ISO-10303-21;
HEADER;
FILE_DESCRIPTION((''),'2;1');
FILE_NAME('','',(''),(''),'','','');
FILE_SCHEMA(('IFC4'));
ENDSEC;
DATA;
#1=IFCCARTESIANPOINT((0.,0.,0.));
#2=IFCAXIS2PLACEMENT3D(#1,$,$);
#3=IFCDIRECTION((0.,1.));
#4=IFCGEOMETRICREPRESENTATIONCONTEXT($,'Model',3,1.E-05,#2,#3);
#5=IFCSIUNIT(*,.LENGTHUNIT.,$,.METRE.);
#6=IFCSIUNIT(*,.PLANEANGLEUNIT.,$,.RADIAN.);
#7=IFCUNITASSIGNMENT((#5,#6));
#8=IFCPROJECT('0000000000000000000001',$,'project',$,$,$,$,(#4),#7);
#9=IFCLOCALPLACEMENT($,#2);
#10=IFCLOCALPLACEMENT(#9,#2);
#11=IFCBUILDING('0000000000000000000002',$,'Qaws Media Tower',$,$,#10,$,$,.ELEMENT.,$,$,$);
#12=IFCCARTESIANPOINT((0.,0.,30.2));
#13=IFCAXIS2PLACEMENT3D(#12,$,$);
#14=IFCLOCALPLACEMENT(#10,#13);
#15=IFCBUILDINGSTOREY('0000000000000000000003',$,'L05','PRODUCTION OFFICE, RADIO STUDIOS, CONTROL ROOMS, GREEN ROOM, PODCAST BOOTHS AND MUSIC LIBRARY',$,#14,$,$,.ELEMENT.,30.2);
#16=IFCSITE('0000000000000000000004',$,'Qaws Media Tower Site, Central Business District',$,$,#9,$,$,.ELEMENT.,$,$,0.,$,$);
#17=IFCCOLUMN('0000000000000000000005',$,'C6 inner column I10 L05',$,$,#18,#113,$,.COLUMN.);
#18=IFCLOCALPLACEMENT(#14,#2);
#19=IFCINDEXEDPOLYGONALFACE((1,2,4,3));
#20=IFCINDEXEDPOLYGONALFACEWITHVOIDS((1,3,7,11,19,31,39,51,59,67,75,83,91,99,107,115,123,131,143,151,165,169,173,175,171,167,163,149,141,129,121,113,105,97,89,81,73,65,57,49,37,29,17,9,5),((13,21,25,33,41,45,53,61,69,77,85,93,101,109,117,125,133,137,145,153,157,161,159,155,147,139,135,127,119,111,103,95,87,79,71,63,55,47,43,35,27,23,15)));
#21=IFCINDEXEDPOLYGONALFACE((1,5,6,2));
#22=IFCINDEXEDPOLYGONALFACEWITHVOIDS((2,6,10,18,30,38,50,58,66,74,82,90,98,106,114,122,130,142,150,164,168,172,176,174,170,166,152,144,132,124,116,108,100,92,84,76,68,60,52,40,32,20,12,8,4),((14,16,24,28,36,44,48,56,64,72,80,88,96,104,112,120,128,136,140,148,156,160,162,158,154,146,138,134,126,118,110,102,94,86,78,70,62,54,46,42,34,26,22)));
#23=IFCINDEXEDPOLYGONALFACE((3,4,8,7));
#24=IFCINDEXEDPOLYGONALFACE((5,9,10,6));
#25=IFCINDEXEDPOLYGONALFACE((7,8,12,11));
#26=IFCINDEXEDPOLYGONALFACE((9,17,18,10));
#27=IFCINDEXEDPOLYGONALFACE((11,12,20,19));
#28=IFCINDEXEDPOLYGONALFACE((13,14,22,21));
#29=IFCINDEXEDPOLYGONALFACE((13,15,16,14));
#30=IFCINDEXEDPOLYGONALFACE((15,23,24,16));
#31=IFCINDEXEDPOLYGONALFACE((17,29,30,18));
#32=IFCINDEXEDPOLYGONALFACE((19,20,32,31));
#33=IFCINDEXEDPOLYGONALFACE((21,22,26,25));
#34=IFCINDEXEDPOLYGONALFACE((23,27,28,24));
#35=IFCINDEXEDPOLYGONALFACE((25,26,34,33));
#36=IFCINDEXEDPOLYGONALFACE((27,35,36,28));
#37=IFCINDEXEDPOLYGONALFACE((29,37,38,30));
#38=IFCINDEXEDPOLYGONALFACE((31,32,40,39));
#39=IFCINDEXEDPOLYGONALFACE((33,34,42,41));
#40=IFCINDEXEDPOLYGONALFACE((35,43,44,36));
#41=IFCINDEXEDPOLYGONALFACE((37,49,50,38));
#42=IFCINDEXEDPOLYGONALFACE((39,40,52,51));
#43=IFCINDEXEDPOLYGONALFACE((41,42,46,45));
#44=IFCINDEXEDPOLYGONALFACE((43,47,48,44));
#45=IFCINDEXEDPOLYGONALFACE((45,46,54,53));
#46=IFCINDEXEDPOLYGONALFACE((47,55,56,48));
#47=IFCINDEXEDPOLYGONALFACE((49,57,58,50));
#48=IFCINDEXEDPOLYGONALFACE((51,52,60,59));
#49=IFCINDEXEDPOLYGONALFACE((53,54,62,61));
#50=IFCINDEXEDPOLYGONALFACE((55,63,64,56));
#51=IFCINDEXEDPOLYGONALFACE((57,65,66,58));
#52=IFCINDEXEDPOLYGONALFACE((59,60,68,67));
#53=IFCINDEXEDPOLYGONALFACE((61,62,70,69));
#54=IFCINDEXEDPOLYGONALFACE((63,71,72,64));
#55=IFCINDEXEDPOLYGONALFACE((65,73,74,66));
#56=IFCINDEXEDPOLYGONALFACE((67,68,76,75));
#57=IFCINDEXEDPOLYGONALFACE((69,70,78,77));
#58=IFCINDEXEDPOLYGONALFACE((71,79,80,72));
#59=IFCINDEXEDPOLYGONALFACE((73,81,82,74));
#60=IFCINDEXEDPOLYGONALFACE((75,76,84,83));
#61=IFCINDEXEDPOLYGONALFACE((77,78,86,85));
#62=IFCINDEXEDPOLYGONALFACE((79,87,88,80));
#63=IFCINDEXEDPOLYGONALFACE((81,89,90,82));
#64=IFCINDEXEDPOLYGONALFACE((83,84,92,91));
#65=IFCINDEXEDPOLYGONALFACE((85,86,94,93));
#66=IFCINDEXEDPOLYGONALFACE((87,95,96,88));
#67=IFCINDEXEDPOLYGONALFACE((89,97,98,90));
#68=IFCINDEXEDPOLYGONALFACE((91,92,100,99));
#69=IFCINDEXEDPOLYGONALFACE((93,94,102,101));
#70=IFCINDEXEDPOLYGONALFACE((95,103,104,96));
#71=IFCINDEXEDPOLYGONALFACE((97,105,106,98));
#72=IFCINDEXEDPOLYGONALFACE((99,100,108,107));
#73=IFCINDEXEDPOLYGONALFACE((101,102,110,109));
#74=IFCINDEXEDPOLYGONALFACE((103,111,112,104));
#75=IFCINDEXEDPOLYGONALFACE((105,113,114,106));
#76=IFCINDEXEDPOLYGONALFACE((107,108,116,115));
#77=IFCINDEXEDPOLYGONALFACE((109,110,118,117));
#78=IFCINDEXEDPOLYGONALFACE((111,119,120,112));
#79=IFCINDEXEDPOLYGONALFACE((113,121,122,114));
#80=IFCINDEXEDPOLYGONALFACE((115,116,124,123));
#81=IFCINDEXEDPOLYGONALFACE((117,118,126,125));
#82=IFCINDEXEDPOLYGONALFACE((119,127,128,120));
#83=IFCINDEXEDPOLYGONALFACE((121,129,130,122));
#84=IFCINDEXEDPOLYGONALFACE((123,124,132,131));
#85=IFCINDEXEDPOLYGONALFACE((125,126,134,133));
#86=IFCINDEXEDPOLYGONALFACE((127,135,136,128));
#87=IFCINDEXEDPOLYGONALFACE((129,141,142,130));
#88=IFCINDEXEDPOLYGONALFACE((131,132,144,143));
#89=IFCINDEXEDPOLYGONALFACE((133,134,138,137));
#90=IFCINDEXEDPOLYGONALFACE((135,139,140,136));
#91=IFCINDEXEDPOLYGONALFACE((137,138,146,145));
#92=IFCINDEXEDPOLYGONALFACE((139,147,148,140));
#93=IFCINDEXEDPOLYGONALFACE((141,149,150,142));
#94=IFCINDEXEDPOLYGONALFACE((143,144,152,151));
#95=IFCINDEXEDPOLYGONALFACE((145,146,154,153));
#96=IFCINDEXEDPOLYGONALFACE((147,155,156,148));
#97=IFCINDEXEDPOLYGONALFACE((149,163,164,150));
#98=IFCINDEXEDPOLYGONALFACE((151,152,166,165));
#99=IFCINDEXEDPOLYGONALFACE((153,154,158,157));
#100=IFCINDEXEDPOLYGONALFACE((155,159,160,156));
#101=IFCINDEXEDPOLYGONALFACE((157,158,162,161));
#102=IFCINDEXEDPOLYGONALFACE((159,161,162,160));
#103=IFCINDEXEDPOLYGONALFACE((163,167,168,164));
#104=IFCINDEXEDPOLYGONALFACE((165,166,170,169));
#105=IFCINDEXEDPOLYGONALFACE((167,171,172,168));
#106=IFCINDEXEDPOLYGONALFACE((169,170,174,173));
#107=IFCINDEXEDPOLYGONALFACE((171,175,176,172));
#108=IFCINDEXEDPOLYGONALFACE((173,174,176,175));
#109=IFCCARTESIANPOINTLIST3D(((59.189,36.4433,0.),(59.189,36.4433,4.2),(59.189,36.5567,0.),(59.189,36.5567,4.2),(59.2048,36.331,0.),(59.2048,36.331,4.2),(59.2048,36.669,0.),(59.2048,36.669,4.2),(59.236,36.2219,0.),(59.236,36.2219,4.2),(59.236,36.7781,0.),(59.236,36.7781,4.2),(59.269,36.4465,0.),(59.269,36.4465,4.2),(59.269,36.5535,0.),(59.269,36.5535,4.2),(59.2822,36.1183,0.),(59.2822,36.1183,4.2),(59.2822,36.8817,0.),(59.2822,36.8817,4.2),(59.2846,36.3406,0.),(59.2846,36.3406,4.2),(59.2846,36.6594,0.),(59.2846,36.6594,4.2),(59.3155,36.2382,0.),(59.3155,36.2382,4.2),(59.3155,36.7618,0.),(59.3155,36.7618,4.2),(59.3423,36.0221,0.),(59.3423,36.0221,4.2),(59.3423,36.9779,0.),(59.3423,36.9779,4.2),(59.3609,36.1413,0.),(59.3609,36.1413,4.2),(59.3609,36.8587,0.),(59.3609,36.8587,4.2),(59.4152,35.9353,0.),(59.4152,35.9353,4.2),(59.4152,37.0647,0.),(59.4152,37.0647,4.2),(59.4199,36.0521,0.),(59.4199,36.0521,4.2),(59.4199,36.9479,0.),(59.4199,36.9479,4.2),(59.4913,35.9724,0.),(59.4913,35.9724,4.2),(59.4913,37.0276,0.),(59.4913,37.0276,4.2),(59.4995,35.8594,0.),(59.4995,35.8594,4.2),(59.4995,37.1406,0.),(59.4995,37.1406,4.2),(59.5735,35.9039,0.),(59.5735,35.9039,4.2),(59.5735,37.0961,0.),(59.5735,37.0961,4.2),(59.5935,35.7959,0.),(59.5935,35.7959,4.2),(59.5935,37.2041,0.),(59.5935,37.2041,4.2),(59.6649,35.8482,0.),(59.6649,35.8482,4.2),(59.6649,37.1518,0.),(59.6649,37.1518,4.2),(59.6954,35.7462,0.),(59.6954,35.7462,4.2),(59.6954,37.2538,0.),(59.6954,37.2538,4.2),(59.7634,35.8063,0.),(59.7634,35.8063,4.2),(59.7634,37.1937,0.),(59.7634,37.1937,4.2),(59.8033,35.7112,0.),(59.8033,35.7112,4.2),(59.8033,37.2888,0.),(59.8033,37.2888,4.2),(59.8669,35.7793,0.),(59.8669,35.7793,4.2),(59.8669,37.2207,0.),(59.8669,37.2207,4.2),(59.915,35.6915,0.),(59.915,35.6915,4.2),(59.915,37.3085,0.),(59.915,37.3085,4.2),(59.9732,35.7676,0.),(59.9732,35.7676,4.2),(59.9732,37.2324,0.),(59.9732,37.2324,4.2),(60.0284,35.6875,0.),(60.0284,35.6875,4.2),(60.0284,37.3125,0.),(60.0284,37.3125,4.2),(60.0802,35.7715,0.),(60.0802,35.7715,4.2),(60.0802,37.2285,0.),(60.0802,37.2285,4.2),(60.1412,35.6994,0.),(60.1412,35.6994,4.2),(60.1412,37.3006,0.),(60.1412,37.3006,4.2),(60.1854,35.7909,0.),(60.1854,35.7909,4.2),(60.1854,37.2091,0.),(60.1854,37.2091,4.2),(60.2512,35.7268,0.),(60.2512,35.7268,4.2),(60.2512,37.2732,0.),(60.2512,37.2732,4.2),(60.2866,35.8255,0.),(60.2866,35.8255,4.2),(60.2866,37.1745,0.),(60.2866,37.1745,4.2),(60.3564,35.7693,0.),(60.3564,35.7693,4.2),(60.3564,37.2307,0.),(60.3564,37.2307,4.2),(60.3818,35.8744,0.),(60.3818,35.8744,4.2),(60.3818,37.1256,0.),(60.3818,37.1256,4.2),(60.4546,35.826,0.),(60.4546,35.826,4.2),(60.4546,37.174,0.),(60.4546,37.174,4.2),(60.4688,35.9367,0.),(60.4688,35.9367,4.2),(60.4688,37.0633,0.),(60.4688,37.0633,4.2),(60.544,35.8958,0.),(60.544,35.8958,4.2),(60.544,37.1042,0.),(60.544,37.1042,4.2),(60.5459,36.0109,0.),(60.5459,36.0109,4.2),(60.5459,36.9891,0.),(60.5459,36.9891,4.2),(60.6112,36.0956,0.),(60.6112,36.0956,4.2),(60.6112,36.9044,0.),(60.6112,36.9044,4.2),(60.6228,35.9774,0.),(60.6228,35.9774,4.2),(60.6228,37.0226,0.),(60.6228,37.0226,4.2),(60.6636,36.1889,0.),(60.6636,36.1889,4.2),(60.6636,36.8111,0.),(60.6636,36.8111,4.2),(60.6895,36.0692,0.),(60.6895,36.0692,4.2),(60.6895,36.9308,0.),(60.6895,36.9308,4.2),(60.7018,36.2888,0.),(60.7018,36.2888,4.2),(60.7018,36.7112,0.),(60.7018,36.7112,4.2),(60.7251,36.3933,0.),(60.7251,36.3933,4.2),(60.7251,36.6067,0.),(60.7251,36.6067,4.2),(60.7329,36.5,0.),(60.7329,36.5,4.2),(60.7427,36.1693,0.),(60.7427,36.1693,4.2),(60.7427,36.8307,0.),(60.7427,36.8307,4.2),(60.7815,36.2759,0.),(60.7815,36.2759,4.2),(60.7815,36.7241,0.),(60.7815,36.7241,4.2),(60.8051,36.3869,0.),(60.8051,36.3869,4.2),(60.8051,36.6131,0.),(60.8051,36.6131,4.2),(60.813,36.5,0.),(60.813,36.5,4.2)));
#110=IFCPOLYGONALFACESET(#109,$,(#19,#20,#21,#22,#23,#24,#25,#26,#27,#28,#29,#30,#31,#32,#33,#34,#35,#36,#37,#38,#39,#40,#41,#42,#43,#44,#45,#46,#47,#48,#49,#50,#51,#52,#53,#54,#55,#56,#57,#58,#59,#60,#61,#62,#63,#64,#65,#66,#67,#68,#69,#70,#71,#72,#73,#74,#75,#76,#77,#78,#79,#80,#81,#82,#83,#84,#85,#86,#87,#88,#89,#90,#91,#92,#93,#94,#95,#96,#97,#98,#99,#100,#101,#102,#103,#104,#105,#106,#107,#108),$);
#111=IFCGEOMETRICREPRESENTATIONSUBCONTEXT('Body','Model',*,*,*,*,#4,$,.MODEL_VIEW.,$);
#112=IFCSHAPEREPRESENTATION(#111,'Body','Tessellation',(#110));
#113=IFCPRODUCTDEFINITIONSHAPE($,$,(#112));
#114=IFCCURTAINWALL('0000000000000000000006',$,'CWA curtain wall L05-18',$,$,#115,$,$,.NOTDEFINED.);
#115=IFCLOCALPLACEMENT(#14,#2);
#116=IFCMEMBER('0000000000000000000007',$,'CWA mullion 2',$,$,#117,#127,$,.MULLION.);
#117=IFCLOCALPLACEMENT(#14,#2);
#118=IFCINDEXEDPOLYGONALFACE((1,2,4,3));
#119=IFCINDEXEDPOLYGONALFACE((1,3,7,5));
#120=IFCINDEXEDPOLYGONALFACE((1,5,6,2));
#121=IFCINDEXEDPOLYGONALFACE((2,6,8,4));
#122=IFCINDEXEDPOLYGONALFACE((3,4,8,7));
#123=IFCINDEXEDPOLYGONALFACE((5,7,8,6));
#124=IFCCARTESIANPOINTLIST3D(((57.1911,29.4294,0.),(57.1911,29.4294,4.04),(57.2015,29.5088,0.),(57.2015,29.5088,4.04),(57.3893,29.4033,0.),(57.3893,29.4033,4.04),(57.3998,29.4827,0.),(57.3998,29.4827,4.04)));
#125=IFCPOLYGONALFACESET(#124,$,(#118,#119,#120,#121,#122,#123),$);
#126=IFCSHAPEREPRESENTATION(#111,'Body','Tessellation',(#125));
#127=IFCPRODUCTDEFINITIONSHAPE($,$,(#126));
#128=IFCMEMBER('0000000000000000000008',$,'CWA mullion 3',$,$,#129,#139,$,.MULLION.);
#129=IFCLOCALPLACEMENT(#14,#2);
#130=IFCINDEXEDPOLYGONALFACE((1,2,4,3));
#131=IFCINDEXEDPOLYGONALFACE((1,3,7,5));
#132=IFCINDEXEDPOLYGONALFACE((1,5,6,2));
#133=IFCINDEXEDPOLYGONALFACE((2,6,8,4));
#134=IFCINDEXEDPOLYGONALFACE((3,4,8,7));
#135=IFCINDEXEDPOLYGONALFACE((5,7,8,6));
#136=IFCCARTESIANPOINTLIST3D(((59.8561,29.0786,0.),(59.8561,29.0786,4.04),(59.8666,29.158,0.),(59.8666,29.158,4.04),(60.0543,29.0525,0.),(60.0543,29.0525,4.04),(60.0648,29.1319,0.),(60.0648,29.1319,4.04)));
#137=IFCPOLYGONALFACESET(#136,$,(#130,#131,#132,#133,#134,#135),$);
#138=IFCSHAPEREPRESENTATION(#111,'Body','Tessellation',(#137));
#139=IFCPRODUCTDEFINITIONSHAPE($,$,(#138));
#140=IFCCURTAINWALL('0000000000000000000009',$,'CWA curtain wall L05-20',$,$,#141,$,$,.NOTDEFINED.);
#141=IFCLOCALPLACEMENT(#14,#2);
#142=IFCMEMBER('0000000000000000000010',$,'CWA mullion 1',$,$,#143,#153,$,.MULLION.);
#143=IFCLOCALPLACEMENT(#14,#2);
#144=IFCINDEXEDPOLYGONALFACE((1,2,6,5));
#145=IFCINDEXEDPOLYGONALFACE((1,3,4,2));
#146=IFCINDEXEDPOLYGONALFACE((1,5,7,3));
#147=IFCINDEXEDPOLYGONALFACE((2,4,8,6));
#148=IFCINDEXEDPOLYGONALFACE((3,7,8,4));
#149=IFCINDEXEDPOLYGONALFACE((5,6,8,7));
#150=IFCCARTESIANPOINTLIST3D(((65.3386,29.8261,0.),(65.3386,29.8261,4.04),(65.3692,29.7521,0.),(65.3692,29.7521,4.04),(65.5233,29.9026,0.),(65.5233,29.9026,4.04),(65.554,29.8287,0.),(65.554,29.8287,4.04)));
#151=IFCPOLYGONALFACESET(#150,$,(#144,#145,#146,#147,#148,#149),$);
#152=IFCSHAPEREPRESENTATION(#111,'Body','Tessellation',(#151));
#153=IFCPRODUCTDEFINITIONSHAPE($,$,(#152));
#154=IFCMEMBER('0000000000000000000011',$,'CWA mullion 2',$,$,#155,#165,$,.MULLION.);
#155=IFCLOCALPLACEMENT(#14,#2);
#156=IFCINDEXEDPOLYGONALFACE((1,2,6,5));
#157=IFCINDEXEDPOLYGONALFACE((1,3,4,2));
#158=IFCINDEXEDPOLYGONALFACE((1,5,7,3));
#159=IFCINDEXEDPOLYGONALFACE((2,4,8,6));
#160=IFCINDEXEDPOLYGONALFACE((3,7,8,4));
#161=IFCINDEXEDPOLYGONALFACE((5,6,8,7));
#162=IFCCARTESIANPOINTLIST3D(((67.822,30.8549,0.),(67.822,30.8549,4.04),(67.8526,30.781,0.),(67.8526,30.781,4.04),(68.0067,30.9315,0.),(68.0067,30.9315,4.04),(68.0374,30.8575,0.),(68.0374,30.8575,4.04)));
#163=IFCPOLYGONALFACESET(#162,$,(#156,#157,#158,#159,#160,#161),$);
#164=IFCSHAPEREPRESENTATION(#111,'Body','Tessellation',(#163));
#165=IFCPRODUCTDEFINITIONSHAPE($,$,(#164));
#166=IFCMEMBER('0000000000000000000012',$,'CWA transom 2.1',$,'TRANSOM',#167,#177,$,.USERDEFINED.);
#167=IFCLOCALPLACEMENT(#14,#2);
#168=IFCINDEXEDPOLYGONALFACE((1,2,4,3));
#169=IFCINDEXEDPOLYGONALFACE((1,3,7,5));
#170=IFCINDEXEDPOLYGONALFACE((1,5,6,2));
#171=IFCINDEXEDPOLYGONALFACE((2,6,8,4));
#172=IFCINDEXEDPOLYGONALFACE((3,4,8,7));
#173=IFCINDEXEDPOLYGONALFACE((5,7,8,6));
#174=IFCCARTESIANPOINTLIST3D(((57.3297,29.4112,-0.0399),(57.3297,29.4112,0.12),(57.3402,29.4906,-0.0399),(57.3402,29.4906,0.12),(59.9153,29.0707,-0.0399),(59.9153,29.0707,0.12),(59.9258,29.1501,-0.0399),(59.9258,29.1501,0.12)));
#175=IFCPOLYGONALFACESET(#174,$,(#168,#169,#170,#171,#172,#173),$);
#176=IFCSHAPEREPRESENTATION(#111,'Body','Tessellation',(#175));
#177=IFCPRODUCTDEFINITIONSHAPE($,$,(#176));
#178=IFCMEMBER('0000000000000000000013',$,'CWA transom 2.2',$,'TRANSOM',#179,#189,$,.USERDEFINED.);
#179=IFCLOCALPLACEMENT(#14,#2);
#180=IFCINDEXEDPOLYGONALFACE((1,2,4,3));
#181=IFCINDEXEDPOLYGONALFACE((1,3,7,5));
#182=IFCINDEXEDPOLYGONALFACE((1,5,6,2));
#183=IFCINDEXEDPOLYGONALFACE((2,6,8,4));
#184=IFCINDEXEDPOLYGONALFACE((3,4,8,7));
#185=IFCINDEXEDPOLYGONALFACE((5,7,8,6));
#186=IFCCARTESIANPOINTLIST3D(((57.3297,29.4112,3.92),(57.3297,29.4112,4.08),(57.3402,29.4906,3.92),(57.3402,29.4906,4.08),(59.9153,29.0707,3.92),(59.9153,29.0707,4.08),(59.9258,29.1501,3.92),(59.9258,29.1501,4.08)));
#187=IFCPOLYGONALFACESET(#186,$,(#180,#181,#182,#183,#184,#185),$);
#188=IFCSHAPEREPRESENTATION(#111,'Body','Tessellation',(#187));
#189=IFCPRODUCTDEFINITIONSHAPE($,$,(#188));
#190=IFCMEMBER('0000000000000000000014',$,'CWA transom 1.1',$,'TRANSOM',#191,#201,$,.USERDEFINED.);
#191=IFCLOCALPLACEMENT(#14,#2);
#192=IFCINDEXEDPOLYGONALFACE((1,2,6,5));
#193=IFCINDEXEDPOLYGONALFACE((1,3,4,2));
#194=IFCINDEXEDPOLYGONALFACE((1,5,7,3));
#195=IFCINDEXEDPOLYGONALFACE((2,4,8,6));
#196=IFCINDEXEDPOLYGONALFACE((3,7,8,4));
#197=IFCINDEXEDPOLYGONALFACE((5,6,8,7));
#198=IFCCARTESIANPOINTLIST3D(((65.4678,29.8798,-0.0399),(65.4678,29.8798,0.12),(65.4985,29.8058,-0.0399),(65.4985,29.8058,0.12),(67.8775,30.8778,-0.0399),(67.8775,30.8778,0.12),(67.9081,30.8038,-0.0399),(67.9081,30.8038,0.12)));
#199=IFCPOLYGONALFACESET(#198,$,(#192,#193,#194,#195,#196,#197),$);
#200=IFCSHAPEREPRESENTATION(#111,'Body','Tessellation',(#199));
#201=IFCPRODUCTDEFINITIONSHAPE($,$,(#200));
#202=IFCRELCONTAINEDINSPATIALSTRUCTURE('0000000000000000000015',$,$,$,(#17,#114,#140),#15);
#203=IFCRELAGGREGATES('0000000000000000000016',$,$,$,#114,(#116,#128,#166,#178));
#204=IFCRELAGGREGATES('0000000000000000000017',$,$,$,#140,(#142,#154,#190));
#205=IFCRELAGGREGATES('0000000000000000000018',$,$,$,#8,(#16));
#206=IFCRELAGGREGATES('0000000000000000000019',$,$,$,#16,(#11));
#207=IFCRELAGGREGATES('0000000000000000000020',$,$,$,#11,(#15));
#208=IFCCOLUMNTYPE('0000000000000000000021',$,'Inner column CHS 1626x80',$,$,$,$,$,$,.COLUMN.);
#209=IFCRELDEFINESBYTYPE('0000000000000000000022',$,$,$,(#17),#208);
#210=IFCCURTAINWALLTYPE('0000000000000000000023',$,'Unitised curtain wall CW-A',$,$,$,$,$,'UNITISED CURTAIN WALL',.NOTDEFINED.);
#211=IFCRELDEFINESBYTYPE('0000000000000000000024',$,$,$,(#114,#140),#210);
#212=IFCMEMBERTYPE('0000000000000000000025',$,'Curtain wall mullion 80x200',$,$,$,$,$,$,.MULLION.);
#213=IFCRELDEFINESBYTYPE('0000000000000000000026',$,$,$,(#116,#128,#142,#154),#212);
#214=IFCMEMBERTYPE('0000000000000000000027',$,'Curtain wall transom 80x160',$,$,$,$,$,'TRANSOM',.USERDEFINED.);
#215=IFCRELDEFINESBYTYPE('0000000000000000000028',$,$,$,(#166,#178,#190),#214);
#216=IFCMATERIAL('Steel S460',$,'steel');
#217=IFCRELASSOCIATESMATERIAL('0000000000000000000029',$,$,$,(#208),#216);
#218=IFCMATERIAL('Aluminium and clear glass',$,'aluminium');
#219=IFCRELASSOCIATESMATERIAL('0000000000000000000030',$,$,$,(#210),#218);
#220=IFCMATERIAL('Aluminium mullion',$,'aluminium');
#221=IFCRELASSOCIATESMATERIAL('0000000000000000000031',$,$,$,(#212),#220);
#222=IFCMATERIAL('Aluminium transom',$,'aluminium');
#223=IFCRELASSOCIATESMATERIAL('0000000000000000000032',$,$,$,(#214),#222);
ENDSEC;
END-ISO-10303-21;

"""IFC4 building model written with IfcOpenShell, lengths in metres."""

from ifc_helpers import new_model, si_unit, direction, frame, origin, origin_2d, place, context, subcontext, project, spatial, rectangle, hollow_circle, extrude, material, material_profile, profile_set, type_object, element, aggregate, save


model = new_model("IFC4")

# Units and contexts
model_context = context("Model", 3, precision=1e-05, world=origin(), true_north=direction((0.0, 1.0)))
body_context = subcontext(model_context, "Body", "Model", "MODEL_VIEW")
ifc_project = project(units=[si_unit("LENGTHUNIT", "METRE"), si_unit("PLANEANGLEUNIT", "RADIAN")], contexts=[model_context])

# Site, building, storey
site_placement = place(None, origin())
site = spatial("IfcSite", under=ifc_project, at=site_placement, Name="Qaws Media Tower Site, Central Business District", CompositionType="ELEMENT", RefElevation=0.0)
building_placement = place(site_placement, origin())
building = spatial("IfcBuilding", under=site, at=building_placement, Name="Qaws Media Tower", CompositionType="ELEMENT")
storey_placement = place(building_placement, frame((0.0, 0.0, 30.2)))
storey = spatial("IfcBuildingStorey", under=building, at=storey_placement, Name="L05", Description="PRODUCTION OFFICE, RADIO STUDIOS, CONTROL ROOMS, GREEN ROOM, PODCAST BOOTHS AND MUSIC LIBRARY", CompositionType="ELEMENT", Elevation=30.2)

# Column
ifc_material_1 = material(Name="Steel S460", Category="steel")
ifc_material_profile_1 = material_profile(ifc_material_1, hollow_circle(Radius=0.813, WallThickness=0.0801, at=origin_2d()), Name="CHS 1626x80")
ifc_profile_set_1 = profile_set([ifc_material_profile_1], Name="Steel S460")
column_type = type_object("IfcColumnType", Name="Inner column CHS 1626x80", PredefinedType="COLUMN", material=ifc_profile_set_1)
column_placement = place(storey_placement, frame((60.0, 36.5, 0.0), z_axis=(0.0, 0.0, 1.0), x_axis=(1.0, 0.0, 0.0)))
element("IfcColumn", 1, at=column_placement, inside=storey, type_object=column_type, Name="C6 inner column I10 L05", PredefinedType="COLUMN", context=body_context, shape_type="SweptSolid", body=[
    extrude(hollow_circle(Radius=0.813, WallThickness=0.0801, at=origin_2d()), origin(), (0.0, 0.0, 1.0), 4.2),
])

# Curtain walls, members
ifc_material_2 = material(Name="Aluminium and clear glass", Category="aluminium")
curtain_wall_type = type_object("IfcCurtainWallType", Name="Unitised curtain wall CW-A", ElementType="UNITISED CURTAIN WALL", PredefinedType="NOTDEFINED", material=ifc_material_2)
curtain_wall_1_placement = place(storey_placement, origin())
curtain_wall_1 = element("IfcCurtainWall", 2, at=curtain_wall_1_placement, inside=storey, type_object=curtain_wall_type, Name="CWA curtain wall L05-18", PredefinedType="NOTDEFINED")
ifc_material_3 = material(Name="Aluminium mullion", Category="aluminium")
ifc_material_profile_2 = material_profile(ifc_material_3, rectangle(XDim=0.0801, YDim=0.2, at=origin_2d()), Name="80x200")
ifc_profile_set_2 = profile_set([ifc_material_profile_2], Name="Aluminium mullion")
member_type_1 = type_object("IfcMemberType", Name="Curtain wall mullion 80x200", PredefinedType="MULLION", material=ifc_profile_set_2)
member_1_placement = place(storey_placement, frame((57.2954, 29.4561, 0.0), z_axis=(0.0, 0.0, 1.0), x_axis=(0.130526, 0.991445, 0.0)))
member_1 = element("IfcMember", 3, at=member_1_placement, type_object=member_type_1, Name="CWA mullion 2", PredefinedType="MULLION", context=body_context, shape_type="SweptSolid", body=[
    extrude(rectangle(XDim=0.0801, YDim=0.2, at=origin_2d()), origin(), (0.0, 0.0, 1.0), 4.04),
])
member_2_placement = place(storey_placement, frame((59.9604, 29.1052, 0.0), z_axis=(0.0, 0.0, 1.0), x_axis=(0.130526, 0.991445, 0.0)))
member_2 = element("IfcMember", 4, at=member_2_placement, type_object=member_type_1, Name="CWA mullion 3", PredefinedType="MULLION", context=body_context, shape_type="SweptSolid", body=[
    extrude(rectangle(XDim=0.0801, YDim=0.2, at=origin_2d()), origin(), (0.0, 0.0, 1.0), 4.04),
])
curtain_wall_2_placement = place(storey_placement, origin())
curtain_wall_2 = element("IfcCurtainWall", 5, at=curtain_wall_2_placement, inside=storey, type_object=curtain_wall_type, Name="CWA curtain wall L05-20", PredefinedType="NOTDEFINED")
member_3_placement = place(storey_placement, frame((65.4463, 29.8274, 0.0), z_axis=(0.0, 0.0, 1.0), x_axis=(-0.382683, 0.92388, 0.0)))
member_3 = element("IfcMember", 6, at=member_3_placement, type_object=member_type_1, Name="CWA mullion 1", PredefinedType="MULLION", context=body_context, shape_type="SweptSolid", body=[
    extrude(rectangle(XDim=0.0801, YDim=0.2, at=origin_2d()), origin(), (0.0, 0.0, 1.0), 4.04),
])
member_4_placement = place(storey_placement, frame((67.9297, 30.8562, 0.0), z_axis=(0.0, 0.0, 1.0), x_axis=(-0.382683, 0.92388, 0.0)))
member_4 = element("IfcMember", 7, at=member_4_placement, type_object=member_type_1, Name="CWA mullion 2", PredefinedType="MULLION", context=body_context, shape_type="SweptSolid", body=[
    extrude(rectangle(XDim=0.0801, YDim=0.2, at=origin_2d()), origin(), (0.0, 0.0, 1.0), 4.04),
])

# Members
ifc_material_4 = material(Name="Aluminium transom", Category="aluminium")
ifc_material_profile_3 = material_profile(ifc_material_4, rectangle(XDim=0.0801, YDim=0.1599, at=origin_2d()), Name="80x160")
ifc_profile_set_3 = profile_set([ifc_material_profile_3], Name="Aluminium transom")
member_type_2 = type_object("IfcMemberType", Name="Curtain wall transom 80x160", ElementType="TRANSOM", PredefinedType="USERDEFINED", material=ifc_profile_set_3)
member_5_placement = place(storey_placement, frame((57.335, 29.4509, 0.04), z_axis=(0.991437, -0.130588, 0.0), x_axis=(0.130588, 0.991437, 0.0)))
member_5 = element("IfcMember", 8, at=member_5_placement, type_object=member_type_2, Name="CWA transom 2.1", ObjectType="TRANSOM", PredefinedType="USERDEFINED", context=body_context, shape_type="SweptSolid", body=[
    extrude(rectangle(XDim=0.0801, YDim=0.1599, at=origin_2d()), origin(), (0.0, 0.0, 1.0), 2.6079),
])
member_6_placement = place(storey_placement, frame((57.335, 29.4509, 4.0), z_axis=(0.991437, -0.130588, 0.0), x_axis=(0.130588, 0.991437, 0.0)))
member_6 = element("IfcMember", 9, at=member_6_placement, type_object=member_type_2, Name="CWA transom 2.2", ObjectType="TRANSOM", PredefinedType="USERDEFINED", context=body_context, shape_type="SweptSolid", body=[
    extrude(rectangle(XDim=0.0801, YDim=0.1599, at=origin_2d()), origin(), (0.0, 0.0, 1.0), 2.6079),
])
member_7_placement = place(storey_placement, frame((65.4832, 29.8428, 0.04), z_axis=(0.923889, 0.38266, 0.0), x_axis=(-0.38266, 0.923889, 0.0)))
member_7 = element("IfcMember", 10, at=member_7_placement, type_object=member_type_2, Name="CWA transom 1.1", ObjectType="TRANSOM", PredefinedType="USERDEFINED", context=body_context, shape_type="SweptSolid", body=[
    extrude(rectangle(XDim=0.0801, YDim=0.1599, at=origin_2d()), origin(), (0.0, 0.0, 1.0), 2.6082),
])

aggregate(curtain_wall_1, [member_1, member_2, member_5, member_6])
aggregate(curtain_wall_2, [member_3, member_4, member_7])

save(model, "model.ifc")
